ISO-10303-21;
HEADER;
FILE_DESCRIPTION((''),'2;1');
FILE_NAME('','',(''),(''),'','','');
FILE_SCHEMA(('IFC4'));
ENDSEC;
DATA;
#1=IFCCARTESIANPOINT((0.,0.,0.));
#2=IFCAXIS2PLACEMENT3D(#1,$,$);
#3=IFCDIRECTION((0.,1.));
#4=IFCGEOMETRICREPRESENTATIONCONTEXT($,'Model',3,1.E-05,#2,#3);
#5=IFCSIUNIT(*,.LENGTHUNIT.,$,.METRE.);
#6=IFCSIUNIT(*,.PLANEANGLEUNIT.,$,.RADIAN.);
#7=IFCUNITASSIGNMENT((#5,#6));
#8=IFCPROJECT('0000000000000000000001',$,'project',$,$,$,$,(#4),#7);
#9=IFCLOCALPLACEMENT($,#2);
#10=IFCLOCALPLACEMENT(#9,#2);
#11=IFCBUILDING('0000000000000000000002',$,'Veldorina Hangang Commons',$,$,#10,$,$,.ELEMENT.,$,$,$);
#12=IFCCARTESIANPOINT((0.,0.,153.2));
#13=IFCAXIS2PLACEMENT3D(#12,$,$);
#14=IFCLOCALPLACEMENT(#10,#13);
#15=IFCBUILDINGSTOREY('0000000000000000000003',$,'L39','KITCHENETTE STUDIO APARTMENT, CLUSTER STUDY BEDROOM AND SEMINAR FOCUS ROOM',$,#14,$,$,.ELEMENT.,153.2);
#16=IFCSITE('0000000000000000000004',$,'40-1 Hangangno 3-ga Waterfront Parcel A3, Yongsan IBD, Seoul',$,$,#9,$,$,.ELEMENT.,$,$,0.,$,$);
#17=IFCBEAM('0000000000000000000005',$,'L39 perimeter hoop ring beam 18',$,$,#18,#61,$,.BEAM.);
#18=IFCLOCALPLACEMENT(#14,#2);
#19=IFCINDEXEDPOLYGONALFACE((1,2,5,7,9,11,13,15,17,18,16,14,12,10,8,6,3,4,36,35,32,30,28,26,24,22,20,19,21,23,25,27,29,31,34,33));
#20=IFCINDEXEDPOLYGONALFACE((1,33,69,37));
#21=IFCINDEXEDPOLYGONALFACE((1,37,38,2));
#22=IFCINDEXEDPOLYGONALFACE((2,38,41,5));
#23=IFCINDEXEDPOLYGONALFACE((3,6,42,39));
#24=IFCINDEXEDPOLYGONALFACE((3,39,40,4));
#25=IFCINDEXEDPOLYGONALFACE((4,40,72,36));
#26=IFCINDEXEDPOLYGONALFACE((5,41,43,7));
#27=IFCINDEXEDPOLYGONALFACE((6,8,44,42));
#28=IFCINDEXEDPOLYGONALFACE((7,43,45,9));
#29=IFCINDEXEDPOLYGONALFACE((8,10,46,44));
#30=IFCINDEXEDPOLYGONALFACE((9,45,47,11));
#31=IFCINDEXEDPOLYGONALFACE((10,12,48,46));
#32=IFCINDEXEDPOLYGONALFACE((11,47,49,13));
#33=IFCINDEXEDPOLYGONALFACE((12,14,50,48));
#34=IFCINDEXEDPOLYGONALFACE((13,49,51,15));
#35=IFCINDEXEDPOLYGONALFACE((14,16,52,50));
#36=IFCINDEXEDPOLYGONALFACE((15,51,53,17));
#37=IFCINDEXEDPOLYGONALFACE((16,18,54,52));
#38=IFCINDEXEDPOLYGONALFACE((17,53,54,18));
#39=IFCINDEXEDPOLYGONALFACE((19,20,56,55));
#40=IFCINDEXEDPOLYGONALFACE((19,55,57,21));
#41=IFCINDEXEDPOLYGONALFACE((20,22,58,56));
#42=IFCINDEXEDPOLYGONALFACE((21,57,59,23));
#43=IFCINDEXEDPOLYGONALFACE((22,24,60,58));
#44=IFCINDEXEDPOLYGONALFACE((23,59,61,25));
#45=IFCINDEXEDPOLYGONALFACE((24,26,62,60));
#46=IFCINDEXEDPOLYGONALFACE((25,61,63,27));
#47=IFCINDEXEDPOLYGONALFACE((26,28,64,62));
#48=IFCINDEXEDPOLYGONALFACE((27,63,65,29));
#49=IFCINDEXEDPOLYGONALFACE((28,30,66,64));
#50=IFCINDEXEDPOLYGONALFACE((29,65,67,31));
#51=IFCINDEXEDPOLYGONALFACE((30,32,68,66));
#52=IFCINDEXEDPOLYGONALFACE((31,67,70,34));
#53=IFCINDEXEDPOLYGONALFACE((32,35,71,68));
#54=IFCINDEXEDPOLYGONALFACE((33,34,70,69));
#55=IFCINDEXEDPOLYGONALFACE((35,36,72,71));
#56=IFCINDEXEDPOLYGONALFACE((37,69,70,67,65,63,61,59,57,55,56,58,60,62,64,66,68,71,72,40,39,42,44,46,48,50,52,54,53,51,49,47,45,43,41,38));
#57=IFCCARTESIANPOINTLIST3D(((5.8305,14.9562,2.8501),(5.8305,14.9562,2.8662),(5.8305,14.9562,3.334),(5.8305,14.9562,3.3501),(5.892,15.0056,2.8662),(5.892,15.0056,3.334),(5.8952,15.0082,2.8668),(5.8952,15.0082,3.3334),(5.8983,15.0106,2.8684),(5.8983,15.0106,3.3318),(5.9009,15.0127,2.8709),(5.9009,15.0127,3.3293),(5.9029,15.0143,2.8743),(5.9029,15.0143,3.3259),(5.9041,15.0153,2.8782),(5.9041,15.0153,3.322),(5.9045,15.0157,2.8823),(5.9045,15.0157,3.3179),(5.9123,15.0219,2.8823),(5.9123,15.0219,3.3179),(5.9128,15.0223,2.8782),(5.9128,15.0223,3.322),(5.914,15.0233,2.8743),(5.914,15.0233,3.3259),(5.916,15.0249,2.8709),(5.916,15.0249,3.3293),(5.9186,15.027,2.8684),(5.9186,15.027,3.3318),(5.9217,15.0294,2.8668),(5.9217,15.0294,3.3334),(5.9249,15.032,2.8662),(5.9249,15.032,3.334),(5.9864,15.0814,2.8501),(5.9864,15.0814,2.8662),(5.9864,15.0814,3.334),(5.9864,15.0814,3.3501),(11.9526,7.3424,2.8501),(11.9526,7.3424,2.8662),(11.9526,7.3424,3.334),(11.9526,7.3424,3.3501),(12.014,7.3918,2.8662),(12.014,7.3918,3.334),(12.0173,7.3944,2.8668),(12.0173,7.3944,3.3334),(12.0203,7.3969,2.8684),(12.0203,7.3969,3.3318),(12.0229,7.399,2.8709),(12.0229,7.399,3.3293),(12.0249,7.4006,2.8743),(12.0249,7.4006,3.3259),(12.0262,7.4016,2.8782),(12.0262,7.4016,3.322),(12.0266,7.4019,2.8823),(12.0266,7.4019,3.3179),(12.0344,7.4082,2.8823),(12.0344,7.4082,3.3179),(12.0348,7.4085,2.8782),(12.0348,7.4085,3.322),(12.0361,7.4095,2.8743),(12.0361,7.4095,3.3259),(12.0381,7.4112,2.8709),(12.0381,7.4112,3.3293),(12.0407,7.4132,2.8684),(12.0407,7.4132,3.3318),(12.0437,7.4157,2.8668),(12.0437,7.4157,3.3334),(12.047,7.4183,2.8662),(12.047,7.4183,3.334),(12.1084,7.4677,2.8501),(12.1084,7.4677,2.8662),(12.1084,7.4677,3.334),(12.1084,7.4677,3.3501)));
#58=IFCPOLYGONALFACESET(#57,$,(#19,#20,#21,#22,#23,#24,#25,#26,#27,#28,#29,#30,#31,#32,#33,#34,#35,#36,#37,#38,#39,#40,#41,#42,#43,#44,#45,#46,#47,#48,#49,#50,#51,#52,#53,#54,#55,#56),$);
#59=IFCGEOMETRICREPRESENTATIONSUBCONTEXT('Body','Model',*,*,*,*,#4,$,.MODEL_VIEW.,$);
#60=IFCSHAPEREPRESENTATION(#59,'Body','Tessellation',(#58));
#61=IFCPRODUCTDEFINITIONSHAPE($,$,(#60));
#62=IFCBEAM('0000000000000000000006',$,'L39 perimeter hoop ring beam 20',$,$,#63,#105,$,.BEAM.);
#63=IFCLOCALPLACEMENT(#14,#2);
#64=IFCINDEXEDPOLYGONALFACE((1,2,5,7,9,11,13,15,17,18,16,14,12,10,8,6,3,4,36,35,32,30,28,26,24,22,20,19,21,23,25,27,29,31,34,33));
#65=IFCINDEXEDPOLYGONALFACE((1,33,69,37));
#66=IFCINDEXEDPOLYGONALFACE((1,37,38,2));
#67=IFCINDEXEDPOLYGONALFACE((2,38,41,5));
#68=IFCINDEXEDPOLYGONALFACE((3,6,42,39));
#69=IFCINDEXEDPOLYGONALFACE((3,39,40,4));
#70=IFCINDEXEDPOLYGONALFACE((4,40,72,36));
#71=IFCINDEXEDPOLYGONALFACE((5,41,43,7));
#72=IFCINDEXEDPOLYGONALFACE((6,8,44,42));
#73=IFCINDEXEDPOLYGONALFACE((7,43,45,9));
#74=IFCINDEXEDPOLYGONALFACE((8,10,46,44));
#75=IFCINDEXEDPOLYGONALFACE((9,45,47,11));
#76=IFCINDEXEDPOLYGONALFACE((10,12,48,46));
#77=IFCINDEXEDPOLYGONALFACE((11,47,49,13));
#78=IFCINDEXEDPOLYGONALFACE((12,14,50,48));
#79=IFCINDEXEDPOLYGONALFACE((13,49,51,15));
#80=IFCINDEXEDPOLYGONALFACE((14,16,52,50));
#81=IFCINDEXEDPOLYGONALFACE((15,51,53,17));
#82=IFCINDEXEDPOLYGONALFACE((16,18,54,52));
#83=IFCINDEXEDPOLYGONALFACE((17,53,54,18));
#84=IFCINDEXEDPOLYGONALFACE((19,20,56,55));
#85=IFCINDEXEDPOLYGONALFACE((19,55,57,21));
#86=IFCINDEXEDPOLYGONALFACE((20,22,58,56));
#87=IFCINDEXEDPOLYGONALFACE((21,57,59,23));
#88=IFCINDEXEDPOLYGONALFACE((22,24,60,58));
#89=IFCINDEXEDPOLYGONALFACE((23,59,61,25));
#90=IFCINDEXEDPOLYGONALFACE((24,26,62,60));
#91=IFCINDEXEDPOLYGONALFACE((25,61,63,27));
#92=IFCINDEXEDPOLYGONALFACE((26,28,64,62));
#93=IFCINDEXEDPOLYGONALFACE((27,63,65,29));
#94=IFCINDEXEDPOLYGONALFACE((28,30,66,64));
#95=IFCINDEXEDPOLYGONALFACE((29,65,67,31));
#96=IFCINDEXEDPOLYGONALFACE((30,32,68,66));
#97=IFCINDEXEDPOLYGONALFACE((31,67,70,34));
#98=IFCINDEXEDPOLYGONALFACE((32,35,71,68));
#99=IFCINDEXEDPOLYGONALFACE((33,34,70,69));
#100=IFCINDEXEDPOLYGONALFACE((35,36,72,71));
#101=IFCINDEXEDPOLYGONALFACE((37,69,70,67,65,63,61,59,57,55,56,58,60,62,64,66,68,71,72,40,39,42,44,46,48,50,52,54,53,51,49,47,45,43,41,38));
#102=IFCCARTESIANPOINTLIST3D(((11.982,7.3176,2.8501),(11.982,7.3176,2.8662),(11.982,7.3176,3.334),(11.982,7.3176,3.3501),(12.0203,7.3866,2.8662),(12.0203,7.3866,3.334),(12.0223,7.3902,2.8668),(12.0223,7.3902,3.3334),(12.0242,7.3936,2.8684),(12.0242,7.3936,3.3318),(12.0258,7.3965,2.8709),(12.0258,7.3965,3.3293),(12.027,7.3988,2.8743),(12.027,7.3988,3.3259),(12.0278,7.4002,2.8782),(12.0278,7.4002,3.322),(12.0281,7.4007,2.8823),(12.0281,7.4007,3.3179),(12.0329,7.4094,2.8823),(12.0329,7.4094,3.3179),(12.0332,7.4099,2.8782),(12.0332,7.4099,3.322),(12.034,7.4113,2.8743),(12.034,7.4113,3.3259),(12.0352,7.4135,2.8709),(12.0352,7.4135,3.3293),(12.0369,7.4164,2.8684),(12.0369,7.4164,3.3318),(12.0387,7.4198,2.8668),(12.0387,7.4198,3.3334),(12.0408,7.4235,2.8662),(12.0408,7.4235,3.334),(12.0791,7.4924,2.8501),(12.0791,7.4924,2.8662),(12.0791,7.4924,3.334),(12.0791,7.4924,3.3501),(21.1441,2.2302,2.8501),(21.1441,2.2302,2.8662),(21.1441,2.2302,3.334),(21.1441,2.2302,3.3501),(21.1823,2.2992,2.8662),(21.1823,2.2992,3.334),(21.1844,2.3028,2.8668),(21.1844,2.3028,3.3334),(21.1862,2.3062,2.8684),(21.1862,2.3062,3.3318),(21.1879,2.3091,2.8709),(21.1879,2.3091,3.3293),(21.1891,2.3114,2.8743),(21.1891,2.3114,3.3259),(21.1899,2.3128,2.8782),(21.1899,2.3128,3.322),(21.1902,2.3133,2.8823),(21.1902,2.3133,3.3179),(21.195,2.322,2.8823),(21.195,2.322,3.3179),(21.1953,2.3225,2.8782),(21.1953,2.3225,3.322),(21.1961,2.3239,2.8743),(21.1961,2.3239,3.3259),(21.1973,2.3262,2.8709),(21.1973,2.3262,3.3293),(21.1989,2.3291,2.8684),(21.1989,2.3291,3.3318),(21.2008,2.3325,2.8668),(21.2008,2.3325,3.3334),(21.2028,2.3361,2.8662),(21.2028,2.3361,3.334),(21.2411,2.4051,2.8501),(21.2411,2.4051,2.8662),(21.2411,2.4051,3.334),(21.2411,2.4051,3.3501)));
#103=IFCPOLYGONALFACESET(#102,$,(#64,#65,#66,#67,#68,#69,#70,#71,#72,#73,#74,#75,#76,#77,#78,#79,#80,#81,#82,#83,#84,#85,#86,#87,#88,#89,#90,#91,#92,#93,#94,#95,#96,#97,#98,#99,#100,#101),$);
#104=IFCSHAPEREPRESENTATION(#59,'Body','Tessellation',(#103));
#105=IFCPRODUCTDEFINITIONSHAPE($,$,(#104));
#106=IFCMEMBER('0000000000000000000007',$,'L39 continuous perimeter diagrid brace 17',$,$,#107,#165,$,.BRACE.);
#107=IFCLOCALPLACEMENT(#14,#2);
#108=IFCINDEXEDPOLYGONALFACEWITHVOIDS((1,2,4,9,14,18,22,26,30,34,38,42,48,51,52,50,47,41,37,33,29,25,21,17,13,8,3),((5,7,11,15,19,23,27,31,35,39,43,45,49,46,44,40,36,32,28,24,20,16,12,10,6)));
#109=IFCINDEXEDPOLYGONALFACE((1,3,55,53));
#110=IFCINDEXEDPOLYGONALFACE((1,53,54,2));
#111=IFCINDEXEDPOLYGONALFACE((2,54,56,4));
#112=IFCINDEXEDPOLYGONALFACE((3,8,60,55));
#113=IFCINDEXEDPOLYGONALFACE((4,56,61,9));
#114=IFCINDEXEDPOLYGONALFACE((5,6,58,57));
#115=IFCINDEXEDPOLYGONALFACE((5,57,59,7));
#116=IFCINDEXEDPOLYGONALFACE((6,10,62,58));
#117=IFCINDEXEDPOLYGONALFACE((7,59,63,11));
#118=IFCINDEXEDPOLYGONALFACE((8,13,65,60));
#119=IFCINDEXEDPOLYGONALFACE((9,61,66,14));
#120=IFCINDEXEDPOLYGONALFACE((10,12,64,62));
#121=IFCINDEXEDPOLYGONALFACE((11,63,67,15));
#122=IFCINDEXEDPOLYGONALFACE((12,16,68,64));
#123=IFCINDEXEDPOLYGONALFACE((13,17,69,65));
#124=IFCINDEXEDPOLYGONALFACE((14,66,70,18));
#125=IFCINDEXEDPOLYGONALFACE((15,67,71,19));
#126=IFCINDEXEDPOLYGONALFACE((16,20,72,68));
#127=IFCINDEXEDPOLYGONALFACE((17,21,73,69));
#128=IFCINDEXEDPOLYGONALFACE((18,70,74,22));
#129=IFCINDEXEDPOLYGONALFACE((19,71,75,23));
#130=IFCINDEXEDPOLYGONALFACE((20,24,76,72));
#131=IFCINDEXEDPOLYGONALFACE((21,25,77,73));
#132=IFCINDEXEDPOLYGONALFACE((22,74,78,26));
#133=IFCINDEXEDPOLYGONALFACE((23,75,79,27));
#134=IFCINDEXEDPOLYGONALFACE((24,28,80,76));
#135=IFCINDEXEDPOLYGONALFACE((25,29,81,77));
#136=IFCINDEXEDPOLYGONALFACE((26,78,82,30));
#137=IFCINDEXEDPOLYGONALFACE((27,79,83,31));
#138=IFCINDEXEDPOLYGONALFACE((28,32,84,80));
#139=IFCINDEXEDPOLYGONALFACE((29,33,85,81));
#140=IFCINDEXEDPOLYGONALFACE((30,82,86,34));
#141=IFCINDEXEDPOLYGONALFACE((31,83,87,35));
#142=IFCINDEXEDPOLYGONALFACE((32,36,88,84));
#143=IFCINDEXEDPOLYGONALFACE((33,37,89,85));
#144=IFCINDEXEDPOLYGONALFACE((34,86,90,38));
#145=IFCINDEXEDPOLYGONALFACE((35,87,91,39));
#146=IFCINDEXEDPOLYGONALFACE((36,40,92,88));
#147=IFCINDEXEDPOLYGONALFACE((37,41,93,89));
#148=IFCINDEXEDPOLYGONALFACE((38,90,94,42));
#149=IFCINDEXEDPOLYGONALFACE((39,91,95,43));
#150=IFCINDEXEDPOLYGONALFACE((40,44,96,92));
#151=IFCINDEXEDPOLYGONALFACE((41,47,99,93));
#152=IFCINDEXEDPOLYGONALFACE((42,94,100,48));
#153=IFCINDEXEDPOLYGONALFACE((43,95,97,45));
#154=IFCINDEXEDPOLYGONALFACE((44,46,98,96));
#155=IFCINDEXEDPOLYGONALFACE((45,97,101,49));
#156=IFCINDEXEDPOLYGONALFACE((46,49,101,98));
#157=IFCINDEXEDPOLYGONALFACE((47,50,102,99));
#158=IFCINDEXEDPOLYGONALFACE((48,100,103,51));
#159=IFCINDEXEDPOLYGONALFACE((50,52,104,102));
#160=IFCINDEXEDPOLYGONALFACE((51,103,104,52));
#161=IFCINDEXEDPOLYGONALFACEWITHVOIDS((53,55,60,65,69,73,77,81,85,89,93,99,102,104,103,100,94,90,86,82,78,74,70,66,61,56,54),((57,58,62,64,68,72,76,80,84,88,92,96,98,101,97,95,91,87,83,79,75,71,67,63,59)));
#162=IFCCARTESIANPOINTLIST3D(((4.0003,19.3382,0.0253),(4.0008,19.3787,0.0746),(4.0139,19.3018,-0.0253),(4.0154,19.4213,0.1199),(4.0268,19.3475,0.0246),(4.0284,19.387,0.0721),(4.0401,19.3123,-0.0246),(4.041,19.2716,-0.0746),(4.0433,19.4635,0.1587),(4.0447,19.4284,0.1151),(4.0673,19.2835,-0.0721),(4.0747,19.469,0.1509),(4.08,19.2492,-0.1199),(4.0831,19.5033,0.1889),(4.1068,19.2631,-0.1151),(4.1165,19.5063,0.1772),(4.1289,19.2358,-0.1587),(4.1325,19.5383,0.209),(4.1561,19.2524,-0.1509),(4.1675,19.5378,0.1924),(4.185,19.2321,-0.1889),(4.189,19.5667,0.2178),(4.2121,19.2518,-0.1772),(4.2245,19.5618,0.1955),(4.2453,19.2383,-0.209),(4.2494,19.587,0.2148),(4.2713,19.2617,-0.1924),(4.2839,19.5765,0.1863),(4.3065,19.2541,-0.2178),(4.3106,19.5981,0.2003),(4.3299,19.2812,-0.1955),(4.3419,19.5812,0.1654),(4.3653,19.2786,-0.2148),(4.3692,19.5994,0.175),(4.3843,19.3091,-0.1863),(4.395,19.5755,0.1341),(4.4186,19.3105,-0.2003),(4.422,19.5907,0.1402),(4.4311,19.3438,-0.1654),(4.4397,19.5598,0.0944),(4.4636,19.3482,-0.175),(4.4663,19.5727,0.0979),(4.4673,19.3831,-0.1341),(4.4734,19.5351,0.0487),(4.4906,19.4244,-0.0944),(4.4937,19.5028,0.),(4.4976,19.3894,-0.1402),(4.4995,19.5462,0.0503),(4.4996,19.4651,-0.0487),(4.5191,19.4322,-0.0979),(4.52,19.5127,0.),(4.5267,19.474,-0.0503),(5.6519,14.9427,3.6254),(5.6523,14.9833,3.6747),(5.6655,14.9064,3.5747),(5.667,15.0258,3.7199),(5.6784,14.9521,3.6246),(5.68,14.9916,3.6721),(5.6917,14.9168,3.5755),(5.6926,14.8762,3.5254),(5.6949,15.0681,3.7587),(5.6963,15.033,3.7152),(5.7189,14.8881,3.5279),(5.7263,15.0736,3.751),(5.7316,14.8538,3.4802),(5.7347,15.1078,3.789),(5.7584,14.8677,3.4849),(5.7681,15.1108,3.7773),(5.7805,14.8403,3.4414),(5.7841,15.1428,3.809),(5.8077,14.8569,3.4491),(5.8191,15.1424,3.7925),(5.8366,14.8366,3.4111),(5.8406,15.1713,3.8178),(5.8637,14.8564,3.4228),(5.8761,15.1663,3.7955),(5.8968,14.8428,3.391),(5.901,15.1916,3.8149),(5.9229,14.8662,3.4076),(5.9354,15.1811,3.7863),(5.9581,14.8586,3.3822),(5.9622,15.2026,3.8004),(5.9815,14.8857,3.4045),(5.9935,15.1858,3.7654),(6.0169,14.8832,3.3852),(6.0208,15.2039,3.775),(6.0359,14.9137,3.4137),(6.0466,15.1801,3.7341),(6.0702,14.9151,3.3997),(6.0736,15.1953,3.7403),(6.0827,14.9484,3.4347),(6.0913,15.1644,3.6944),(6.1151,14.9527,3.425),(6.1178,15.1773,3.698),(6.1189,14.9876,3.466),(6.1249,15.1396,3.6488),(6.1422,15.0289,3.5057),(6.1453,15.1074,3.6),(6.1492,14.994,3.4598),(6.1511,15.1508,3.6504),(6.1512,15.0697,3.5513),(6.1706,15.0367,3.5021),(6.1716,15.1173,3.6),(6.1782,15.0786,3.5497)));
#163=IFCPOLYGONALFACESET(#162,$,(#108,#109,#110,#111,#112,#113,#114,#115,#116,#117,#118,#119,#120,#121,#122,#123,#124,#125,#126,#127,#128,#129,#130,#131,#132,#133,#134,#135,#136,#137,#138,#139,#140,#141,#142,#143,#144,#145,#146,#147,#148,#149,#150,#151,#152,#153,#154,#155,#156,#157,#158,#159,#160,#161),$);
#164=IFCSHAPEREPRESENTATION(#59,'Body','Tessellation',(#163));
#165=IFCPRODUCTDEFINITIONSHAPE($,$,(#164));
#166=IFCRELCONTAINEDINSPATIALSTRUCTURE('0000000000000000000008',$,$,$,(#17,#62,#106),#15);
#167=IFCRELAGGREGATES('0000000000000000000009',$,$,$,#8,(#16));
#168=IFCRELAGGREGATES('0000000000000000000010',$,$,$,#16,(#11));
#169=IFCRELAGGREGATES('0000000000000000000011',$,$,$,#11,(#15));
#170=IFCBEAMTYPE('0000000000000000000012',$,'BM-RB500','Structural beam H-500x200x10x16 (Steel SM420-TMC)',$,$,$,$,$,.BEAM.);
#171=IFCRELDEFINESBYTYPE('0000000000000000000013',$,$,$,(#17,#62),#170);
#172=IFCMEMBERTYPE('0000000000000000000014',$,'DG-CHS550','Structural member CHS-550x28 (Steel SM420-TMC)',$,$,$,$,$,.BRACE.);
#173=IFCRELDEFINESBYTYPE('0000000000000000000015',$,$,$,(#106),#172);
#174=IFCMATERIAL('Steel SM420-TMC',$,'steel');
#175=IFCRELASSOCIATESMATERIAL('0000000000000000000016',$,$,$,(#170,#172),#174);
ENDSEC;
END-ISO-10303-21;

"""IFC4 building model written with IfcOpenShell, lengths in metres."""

from ifc_helpers import new_model, si_unit, direction, frame, origin, origin_2d, place, context, subcontext, project, spatial, hollow_circle, i_section, extrude, material, material_profile, profile_set, type_object, element, save


model = new_model("IFC4")

# Units and contexts
model_context = context("Model", 3, precision=1e-05, world=origin(), true_north=direction((0.0, 1.0)))
body_context = subcontext(model_context, "Body", "Model", "MODEL_VIEW")
ifc_project = project(units=[si_unit("LENGTHUNIT", "METRE"), si_unit("PLANEANGLEUNIT", "RADIAN")], contexts=[model_context])

# Site, building, storey
site_placement = place(None, origin())
site = spatial("IfcSite", under=ifc_project, at=site_placement, Name="40-1 Hangangno 3-ga Waterfront Parcel A3, Yongsan IBD, Seoul", CompositionType="ELEMENT", RefElevation=0.0)
building_placement = place(site_placement, origin())
building = spatial("IfcBuilding", under=site, at=building_placement, Name="Veldorina Hangang Commons", CompositionType="ELEMENT")
storey_placement = place(building_placement, frame((0.0, 0.0, 153.2)))
storey = spatial("IfcBuildingStorey", under=building, at=storey_placement, Name="L39", Description="KITCHENETTE STUDIO APARTMENT, CLUSTER STUDY BEDROOM AND SEMINAR FOCUS ROOM", CompositionType="ELEMENT", Elevation=153.2)

# Beams
ifc_material_1 = material(Name="Steel SM420-TMC", Category="steel")
ifc_material_profile_1 = material_profile(ifc_material_1, i_section(OverallWidth=0.2, OverallDepth=0.5, WebThickness=0.01, FlangeThickness=0.0161, FilletRadius=0.0161, at=origin_2d()), Name="H-500x200x10x16")
ifc_profile_set_1 = profile_set([ifc_material_profile_1], Name="Steel SM420-TMC")
beam_type = type_object("IfcBeamType", Name="BM-RB500", Description="Structural beam H-500x200x10x16 (Steel SM420-TMC)", PredefinedType="BEAM", material=ifc_profile_set_1)
beam_1_placement = place(storey_placement, frame((5.9084, 15.0188, 3.1001), z_axis=(0.626631, -0.779316, 0.0), x_axis=(0.779316, 0.626631, 0.0)))
element("IfcBeam", 1, at=beam_1_placement, inside=storey, type_object=beam_type, Name="L39 perimeter hoop ring beam 18", PredefinedType="BEAM", context=body_context, shape_type="SweptSolid", body=[
    extrude(i_section(OverallWidth=0.2, OverallDepth=0.5, WebThickness=0.01, FlangeThickness=0.0161, FilletRadius=0.0161, at=origin_2d()), origin(), (0.0, 0.0, 1.0), 9.7698),
])
beam_2_placement = place(storey_placement, frame((12.0305, 7.405, 3.1001), z_axis=(0.874265, -0.485449, 0.0), x_axis=(0.485449, 0.874265, 0.0)))
element("IfcBeam", 2, at=beam_2_placement, inside=storey, type_object=beam_type, Name="L39 perimeter hoop ring beam 20", PredefinedType="BEAM", context=body_context, shape_type="SweptSolid", body=[
    extrude(i_section(OverallWidth=0.2, OverallDepth=0.5, WebThickness=0.01, FlangeThickness=0.0161, FilletRadius=0.0161, at=origin_2d()), origin(), (0.0, 0.0, 1.0), 10.4797),
])

# Member
ifc_material_profile_2 = material_profile(ifc_material_1, hollow_circle(Radius=0.2749, WallThickness=0.0281, at=origin_2d()), Name="CHS-550x28")
ifc_profile_set_2 = profile_set([ifc_material_profile_2], Name="Steel SM420-TMC")
member_type = type_object("IfcMemberType", Name="DG-CHS550", Description="Structural member CHS-550x28 (Steel SM420-TMC)", PredefinedType="BRACE", material=ifc_profile_set_2)
member_1_placement = place(storey_placement, frame((4.2627, 19.416, 0.0), z_axis=(0.279137, -0.742881, 0.608449), x_axis=(0.936098, 0.351739, 0.0)))
element("IfcMember", 3, at=member_1_placement, inside=storey, type_object=member_type, Name="L39 continuous perimeter diagrid brace 17", PredefinedType="BRACE", context=body_context, shape_type="SweptSolid", body=[
    extrude(hollow_circle(Radius=0.2749, WallThickness=0.0281, at=origin_2d()), origin(), (0.0, 0.0, 1.0), 5.9167),
])

save(model, "model.ifc")
